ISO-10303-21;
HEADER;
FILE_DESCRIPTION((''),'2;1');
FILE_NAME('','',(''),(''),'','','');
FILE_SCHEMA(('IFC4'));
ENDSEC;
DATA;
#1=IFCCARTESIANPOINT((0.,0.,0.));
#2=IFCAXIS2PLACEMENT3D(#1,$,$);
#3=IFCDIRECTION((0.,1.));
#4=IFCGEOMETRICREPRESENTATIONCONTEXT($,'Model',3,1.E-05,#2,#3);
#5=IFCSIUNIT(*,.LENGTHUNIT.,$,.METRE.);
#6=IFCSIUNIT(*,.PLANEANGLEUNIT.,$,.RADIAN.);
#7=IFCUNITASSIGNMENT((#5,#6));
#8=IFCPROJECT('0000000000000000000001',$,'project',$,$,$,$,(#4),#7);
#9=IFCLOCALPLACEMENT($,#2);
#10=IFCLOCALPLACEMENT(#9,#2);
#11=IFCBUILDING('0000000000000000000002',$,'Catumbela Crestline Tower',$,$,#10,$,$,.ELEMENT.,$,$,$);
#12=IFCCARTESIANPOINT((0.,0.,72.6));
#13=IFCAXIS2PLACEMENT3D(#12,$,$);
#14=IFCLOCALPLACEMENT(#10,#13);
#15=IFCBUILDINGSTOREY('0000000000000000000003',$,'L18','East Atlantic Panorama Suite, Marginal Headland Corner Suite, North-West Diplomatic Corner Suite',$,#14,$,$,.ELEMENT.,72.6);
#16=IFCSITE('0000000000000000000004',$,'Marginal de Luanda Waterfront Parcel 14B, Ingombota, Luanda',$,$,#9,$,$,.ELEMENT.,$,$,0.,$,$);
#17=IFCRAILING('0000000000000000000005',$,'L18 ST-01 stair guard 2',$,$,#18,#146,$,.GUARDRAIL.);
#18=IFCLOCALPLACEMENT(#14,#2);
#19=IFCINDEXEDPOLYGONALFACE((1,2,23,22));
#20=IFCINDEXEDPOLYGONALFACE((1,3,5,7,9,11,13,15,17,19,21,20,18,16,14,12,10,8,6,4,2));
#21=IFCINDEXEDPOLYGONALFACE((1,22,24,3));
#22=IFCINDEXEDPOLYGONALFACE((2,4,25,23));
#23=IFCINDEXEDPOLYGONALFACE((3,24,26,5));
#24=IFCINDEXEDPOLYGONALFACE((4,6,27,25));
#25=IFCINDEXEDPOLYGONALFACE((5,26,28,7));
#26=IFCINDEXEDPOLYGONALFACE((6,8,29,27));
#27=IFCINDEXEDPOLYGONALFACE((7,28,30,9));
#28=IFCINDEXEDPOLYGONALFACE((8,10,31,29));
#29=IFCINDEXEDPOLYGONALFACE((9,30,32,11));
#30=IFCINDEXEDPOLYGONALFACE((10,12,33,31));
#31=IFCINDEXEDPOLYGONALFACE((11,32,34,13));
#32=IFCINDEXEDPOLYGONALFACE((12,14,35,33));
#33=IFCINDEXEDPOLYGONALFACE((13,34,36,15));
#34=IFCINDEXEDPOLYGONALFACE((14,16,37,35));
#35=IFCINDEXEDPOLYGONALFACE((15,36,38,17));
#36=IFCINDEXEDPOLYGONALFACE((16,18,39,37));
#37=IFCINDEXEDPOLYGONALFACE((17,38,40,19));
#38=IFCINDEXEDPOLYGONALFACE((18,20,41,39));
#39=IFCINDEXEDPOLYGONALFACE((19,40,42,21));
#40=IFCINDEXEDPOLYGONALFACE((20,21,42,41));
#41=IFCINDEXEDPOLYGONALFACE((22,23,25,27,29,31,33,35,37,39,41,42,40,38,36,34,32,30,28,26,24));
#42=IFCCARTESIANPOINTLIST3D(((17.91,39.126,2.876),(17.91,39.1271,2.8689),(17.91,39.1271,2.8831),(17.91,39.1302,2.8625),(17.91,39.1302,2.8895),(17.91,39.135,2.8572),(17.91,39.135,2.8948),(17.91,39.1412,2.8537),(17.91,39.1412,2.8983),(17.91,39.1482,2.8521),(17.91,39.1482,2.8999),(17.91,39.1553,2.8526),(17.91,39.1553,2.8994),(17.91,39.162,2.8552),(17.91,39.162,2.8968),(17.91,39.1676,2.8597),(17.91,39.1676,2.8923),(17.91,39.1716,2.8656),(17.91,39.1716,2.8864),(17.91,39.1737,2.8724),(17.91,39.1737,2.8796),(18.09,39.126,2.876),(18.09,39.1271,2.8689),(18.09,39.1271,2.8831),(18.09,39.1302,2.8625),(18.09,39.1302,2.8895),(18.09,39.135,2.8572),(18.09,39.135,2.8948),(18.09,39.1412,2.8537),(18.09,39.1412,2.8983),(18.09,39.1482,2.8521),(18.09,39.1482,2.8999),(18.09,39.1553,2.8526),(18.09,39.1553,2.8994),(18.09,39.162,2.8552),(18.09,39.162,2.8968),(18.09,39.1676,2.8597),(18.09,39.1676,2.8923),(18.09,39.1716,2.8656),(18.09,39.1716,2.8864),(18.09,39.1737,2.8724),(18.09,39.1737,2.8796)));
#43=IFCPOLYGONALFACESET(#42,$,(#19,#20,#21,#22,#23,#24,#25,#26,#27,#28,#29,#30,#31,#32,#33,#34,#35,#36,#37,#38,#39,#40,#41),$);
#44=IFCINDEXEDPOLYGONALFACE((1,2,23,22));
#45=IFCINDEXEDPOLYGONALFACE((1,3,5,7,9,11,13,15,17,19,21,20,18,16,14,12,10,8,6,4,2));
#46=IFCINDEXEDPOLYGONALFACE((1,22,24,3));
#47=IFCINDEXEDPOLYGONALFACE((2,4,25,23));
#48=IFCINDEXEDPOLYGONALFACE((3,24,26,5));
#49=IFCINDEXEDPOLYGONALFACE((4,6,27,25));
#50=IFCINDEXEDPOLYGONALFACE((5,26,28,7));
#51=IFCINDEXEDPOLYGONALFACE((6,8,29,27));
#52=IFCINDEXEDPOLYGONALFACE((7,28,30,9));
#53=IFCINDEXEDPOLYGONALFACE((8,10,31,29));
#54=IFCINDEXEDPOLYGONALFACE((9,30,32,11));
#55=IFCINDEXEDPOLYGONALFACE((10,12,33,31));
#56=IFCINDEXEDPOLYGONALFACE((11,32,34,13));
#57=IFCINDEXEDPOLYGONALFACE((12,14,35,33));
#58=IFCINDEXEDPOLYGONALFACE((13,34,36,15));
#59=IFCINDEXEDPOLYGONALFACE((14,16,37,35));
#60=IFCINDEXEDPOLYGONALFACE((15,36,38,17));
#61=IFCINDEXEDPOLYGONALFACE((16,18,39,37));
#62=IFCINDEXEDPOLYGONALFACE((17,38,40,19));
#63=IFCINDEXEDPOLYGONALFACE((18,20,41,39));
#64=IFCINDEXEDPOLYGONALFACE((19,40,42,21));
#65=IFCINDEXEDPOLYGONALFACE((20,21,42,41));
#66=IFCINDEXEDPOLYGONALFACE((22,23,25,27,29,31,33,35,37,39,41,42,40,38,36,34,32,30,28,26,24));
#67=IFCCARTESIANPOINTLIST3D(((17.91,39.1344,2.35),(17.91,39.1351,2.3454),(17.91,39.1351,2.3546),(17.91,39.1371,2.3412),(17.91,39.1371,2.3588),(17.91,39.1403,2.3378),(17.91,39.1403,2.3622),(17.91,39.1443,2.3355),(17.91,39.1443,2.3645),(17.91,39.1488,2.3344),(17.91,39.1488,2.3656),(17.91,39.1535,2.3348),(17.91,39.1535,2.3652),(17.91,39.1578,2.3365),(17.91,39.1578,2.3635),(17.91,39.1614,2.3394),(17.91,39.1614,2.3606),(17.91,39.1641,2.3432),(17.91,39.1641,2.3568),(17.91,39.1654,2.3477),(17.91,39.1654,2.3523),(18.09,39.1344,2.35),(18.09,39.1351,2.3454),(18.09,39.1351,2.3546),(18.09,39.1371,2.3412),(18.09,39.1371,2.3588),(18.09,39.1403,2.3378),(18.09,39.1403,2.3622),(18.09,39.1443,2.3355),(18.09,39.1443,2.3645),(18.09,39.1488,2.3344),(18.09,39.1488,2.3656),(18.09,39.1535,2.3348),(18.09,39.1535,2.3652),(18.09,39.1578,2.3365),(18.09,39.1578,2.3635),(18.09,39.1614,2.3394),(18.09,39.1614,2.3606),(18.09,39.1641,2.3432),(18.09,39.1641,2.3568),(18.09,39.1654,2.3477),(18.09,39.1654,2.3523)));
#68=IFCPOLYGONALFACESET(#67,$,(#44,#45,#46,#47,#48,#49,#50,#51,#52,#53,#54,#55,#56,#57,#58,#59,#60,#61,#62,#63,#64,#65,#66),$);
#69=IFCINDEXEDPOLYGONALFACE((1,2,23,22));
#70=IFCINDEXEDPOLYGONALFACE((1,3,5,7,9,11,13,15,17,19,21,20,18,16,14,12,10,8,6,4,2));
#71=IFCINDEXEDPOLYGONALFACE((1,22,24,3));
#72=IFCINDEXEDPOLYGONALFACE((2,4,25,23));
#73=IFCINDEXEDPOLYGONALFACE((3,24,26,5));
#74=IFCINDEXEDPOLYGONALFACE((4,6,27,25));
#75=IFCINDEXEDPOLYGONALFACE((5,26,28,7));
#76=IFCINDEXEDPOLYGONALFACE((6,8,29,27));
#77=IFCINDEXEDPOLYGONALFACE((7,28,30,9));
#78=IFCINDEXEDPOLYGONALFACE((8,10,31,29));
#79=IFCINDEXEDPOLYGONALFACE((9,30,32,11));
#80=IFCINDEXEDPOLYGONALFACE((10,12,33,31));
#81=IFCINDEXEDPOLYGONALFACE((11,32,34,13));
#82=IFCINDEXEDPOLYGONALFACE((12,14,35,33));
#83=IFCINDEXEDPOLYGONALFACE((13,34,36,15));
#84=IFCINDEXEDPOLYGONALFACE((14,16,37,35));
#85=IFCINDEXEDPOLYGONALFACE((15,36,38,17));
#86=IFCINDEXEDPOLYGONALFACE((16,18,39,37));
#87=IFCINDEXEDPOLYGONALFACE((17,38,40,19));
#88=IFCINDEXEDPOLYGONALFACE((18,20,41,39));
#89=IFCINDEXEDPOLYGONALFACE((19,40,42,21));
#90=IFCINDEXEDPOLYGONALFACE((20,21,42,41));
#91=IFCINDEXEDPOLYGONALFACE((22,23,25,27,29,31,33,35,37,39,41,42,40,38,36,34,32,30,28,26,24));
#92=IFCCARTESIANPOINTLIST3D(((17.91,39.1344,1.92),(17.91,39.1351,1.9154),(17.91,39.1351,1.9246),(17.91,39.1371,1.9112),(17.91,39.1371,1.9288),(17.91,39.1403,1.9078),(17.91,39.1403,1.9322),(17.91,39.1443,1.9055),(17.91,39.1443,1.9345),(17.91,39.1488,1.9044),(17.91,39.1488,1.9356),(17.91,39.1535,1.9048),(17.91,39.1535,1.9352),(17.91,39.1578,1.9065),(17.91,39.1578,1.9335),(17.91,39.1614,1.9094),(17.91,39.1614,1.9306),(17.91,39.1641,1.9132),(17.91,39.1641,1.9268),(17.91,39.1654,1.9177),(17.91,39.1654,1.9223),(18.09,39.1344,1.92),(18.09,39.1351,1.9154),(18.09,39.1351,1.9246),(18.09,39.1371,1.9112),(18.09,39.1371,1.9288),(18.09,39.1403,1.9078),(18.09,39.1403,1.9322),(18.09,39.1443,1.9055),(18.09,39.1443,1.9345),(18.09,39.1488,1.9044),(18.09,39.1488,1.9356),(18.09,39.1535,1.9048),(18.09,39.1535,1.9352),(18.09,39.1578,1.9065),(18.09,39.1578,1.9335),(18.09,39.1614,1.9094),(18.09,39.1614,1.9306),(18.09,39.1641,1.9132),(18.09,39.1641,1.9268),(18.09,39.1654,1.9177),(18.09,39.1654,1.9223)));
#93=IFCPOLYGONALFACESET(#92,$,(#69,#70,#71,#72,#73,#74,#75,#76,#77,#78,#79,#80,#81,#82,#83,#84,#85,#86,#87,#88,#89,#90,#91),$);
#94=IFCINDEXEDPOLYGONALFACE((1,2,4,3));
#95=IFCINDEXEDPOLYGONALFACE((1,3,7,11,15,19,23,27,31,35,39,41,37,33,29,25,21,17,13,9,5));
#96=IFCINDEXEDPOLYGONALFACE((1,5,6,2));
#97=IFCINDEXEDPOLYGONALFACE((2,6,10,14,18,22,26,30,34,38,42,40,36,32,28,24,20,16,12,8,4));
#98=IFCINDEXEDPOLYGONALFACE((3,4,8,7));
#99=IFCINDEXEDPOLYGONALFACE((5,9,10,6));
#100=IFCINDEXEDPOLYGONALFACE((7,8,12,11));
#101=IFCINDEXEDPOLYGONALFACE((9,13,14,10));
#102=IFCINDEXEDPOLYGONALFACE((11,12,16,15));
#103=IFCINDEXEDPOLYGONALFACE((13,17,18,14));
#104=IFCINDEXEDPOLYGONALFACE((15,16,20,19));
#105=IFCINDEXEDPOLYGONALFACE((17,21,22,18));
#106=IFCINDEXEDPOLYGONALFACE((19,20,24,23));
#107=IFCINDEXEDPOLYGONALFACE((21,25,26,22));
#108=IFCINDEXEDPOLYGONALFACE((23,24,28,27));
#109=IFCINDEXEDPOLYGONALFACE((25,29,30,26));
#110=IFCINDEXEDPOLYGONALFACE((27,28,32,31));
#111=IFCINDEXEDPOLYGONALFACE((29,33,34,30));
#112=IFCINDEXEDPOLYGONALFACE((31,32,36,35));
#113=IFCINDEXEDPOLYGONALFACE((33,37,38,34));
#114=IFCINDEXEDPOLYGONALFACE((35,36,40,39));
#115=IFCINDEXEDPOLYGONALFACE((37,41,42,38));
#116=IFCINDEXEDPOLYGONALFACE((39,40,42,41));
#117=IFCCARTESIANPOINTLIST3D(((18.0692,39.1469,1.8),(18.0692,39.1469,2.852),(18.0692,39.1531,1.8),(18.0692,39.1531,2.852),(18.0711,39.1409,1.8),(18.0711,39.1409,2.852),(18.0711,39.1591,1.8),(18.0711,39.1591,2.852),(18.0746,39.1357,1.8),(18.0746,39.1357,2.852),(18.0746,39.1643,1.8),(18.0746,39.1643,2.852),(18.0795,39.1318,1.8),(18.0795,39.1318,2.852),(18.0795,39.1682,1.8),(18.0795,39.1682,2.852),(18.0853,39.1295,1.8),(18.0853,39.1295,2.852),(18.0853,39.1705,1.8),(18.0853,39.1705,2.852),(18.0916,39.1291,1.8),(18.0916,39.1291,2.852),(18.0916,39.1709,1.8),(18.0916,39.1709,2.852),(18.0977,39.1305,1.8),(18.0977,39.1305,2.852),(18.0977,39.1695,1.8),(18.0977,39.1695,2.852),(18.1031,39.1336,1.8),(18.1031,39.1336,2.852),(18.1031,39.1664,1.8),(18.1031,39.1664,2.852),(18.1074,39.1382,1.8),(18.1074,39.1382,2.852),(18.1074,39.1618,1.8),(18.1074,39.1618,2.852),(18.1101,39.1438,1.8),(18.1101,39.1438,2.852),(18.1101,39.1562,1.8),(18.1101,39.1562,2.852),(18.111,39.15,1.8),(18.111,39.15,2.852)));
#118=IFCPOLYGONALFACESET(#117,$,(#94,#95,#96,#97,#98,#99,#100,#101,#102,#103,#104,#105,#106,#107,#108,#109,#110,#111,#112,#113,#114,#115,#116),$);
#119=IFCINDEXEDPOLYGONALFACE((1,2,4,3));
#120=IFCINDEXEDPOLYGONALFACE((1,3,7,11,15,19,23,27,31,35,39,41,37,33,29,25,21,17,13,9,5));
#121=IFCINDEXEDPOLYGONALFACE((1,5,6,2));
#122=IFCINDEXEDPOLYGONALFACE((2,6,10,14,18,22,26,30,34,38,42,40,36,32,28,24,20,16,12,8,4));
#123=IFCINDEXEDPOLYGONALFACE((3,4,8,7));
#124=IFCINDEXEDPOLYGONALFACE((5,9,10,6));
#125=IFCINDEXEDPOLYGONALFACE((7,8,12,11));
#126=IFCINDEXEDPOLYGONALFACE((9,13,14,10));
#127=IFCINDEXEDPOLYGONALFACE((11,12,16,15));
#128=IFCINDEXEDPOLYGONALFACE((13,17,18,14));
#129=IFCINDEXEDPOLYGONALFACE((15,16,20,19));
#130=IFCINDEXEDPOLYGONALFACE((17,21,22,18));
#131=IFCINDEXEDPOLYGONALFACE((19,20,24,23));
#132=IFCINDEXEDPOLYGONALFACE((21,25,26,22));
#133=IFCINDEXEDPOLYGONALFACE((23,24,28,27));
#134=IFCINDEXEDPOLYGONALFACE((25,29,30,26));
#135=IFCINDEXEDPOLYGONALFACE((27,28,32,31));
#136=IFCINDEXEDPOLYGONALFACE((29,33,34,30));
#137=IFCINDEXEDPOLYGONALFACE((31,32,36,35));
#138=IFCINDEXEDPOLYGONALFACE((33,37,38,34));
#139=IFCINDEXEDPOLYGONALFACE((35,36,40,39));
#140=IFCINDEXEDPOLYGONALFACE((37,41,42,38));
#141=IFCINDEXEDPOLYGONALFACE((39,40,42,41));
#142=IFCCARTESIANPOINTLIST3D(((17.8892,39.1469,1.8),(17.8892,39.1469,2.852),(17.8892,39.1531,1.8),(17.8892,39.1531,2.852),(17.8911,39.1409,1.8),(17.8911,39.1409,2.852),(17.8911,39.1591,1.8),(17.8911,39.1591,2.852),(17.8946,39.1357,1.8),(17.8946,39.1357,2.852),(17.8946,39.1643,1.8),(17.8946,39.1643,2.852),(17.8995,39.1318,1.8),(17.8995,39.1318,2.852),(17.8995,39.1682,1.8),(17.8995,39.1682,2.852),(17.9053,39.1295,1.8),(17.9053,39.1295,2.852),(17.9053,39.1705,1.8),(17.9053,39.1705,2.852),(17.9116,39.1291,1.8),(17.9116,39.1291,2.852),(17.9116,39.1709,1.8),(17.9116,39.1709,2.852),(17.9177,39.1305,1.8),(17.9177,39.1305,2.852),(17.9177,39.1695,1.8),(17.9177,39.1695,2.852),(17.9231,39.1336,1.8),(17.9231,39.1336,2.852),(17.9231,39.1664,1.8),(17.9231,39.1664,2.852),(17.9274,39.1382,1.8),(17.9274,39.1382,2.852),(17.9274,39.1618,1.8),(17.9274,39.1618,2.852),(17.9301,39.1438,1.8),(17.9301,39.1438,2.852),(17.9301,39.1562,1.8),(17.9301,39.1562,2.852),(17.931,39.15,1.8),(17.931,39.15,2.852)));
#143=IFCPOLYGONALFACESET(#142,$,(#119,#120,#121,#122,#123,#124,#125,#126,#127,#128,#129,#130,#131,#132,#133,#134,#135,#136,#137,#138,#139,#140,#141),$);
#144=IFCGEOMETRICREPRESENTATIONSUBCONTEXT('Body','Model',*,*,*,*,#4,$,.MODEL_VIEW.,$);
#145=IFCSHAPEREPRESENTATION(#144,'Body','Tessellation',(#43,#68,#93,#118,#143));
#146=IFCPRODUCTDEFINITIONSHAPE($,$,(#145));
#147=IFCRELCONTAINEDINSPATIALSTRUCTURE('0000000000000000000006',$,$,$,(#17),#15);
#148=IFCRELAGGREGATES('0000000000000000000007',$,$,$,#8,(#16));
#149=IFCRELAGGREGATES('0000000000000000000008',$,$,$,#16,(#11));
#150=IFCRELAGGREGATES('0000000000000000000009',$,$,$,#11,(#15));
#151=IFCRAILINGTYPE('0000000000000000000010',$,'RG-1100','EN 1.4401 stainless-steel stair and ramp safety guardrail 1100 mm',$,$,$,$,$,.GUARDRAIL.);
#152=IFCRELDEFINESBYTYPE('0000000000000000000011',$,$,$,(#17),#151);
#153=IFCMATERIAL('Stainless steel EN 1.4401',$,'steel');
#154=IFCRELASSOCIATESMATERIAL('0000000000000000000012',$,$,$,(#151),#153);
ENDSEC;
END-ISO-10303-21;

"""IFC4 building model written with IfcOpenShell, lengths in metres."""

from ifc_helpers import new_model, si_unit, direction, frame, origin, origin_2d, place, context, subcontext, project, spatial, circle, extrude, material, type_object, element, save


model = new_model("IFC4")

# Units and contexts
model_context = context("Model", 3, precision=1e-05, world=origin(), true_north=direction((0.0, 1.0)))
body_context = subcontext(model_context, "Body", "Model", "MODEL_VIEW")
ifc_project = project(units=[si_unit("LENGTHUNIT", "METRE"), si_unit("PLANEANGLEUNIT", "RADIAN")], contexts=[model_context])

# Site, building, storey
site_placement = place(None, origin())
site = spatial("IfcSite", under=ifc_project, at=site_placement, Name="Marginal de Luanda Waterfront Parcel 14B, Ingombota, Luanda", CompositionType="ELEMENT", RefElevation=0.0)
building_placement = place(site_placement, origin())
building = spatial("IfcBuilding", under=site, at=building_placement, Name="Catumbela Crestline Tower", CompositionType="ELEMENT")
storey_placement = place(building_placement, frame((0.0, 0.0, 72.6)))
storey = spatial("IfcBuildingStorey", under=building, at=storey_placement, Name="L18", Description="East Atlantic Panorama Suite, Marginal Headland Corner Suite, North-West Diplomatic Corner Suite", CompositionType="ELEMENT", Elevation=72.6)

# Shared definitions
ifc_material_1 = material(Name="Stainless steel EN 1.4401", Category="steel")

# Railing
railing_type_1 = type_object("IfcRailingType", Name="RG-1100", Description="EN 1.4401 stainless-steel stair and ramp safety guardrail 1100 mm", PredefinedType="GUARDRAIL", material=ifc_material_1)
railing_1_placement = place(storey_placement, frame((18.09, 39.15, 1.8)))
element("IfcRailing", 1, at=railing_1_placement, inside=storey, type_object=railing_type_1, Name="L18 ST-01 stair guard 2", PredefinedType="GUARDRAIL", context=body_context, shape_type="SweptSolid", body=[
    extrude(circle(Radius=0.024, at=origin_2d()), frame((0.0, 0.0, 1.076), z_axis=(-1.0, 0.0, 0.0), x_axis=(0.0, -1.0, 0.0)), (0.0, 0.0, 1.0), 0.18),
    extrude(circle(Radius=0.0156, at=origin_2d()), frame((0.0, 0.0, 0.55), z_axis=(-1.0, 0.0, 0.0), x_axis=(0.0, -1.0, 0.0)), (0.0, 0.0, 1.0), 0.18),
    extrude(circle(Radius=0.0156, at=origin_2d()), frame((0.0, 0.0, 0.12), z_axis=(-1.0, 0.0, 0.0), x_axis=(0.0, -1.0, 0.0)), (0.0, 0.0, 1.0), 0.18),
    extrude(circle(Radius=0.021, at=origin_2d()), origin(), (0.0, 0.0, 1.0), 1.052),
    extrude(circle(Radius=0.021, at=origin_2d()), frame((-0.18, 0.0, 0.0)), (0.0, 0.0, 1.0), 1.052),
])

save(model, "model.ifc")
